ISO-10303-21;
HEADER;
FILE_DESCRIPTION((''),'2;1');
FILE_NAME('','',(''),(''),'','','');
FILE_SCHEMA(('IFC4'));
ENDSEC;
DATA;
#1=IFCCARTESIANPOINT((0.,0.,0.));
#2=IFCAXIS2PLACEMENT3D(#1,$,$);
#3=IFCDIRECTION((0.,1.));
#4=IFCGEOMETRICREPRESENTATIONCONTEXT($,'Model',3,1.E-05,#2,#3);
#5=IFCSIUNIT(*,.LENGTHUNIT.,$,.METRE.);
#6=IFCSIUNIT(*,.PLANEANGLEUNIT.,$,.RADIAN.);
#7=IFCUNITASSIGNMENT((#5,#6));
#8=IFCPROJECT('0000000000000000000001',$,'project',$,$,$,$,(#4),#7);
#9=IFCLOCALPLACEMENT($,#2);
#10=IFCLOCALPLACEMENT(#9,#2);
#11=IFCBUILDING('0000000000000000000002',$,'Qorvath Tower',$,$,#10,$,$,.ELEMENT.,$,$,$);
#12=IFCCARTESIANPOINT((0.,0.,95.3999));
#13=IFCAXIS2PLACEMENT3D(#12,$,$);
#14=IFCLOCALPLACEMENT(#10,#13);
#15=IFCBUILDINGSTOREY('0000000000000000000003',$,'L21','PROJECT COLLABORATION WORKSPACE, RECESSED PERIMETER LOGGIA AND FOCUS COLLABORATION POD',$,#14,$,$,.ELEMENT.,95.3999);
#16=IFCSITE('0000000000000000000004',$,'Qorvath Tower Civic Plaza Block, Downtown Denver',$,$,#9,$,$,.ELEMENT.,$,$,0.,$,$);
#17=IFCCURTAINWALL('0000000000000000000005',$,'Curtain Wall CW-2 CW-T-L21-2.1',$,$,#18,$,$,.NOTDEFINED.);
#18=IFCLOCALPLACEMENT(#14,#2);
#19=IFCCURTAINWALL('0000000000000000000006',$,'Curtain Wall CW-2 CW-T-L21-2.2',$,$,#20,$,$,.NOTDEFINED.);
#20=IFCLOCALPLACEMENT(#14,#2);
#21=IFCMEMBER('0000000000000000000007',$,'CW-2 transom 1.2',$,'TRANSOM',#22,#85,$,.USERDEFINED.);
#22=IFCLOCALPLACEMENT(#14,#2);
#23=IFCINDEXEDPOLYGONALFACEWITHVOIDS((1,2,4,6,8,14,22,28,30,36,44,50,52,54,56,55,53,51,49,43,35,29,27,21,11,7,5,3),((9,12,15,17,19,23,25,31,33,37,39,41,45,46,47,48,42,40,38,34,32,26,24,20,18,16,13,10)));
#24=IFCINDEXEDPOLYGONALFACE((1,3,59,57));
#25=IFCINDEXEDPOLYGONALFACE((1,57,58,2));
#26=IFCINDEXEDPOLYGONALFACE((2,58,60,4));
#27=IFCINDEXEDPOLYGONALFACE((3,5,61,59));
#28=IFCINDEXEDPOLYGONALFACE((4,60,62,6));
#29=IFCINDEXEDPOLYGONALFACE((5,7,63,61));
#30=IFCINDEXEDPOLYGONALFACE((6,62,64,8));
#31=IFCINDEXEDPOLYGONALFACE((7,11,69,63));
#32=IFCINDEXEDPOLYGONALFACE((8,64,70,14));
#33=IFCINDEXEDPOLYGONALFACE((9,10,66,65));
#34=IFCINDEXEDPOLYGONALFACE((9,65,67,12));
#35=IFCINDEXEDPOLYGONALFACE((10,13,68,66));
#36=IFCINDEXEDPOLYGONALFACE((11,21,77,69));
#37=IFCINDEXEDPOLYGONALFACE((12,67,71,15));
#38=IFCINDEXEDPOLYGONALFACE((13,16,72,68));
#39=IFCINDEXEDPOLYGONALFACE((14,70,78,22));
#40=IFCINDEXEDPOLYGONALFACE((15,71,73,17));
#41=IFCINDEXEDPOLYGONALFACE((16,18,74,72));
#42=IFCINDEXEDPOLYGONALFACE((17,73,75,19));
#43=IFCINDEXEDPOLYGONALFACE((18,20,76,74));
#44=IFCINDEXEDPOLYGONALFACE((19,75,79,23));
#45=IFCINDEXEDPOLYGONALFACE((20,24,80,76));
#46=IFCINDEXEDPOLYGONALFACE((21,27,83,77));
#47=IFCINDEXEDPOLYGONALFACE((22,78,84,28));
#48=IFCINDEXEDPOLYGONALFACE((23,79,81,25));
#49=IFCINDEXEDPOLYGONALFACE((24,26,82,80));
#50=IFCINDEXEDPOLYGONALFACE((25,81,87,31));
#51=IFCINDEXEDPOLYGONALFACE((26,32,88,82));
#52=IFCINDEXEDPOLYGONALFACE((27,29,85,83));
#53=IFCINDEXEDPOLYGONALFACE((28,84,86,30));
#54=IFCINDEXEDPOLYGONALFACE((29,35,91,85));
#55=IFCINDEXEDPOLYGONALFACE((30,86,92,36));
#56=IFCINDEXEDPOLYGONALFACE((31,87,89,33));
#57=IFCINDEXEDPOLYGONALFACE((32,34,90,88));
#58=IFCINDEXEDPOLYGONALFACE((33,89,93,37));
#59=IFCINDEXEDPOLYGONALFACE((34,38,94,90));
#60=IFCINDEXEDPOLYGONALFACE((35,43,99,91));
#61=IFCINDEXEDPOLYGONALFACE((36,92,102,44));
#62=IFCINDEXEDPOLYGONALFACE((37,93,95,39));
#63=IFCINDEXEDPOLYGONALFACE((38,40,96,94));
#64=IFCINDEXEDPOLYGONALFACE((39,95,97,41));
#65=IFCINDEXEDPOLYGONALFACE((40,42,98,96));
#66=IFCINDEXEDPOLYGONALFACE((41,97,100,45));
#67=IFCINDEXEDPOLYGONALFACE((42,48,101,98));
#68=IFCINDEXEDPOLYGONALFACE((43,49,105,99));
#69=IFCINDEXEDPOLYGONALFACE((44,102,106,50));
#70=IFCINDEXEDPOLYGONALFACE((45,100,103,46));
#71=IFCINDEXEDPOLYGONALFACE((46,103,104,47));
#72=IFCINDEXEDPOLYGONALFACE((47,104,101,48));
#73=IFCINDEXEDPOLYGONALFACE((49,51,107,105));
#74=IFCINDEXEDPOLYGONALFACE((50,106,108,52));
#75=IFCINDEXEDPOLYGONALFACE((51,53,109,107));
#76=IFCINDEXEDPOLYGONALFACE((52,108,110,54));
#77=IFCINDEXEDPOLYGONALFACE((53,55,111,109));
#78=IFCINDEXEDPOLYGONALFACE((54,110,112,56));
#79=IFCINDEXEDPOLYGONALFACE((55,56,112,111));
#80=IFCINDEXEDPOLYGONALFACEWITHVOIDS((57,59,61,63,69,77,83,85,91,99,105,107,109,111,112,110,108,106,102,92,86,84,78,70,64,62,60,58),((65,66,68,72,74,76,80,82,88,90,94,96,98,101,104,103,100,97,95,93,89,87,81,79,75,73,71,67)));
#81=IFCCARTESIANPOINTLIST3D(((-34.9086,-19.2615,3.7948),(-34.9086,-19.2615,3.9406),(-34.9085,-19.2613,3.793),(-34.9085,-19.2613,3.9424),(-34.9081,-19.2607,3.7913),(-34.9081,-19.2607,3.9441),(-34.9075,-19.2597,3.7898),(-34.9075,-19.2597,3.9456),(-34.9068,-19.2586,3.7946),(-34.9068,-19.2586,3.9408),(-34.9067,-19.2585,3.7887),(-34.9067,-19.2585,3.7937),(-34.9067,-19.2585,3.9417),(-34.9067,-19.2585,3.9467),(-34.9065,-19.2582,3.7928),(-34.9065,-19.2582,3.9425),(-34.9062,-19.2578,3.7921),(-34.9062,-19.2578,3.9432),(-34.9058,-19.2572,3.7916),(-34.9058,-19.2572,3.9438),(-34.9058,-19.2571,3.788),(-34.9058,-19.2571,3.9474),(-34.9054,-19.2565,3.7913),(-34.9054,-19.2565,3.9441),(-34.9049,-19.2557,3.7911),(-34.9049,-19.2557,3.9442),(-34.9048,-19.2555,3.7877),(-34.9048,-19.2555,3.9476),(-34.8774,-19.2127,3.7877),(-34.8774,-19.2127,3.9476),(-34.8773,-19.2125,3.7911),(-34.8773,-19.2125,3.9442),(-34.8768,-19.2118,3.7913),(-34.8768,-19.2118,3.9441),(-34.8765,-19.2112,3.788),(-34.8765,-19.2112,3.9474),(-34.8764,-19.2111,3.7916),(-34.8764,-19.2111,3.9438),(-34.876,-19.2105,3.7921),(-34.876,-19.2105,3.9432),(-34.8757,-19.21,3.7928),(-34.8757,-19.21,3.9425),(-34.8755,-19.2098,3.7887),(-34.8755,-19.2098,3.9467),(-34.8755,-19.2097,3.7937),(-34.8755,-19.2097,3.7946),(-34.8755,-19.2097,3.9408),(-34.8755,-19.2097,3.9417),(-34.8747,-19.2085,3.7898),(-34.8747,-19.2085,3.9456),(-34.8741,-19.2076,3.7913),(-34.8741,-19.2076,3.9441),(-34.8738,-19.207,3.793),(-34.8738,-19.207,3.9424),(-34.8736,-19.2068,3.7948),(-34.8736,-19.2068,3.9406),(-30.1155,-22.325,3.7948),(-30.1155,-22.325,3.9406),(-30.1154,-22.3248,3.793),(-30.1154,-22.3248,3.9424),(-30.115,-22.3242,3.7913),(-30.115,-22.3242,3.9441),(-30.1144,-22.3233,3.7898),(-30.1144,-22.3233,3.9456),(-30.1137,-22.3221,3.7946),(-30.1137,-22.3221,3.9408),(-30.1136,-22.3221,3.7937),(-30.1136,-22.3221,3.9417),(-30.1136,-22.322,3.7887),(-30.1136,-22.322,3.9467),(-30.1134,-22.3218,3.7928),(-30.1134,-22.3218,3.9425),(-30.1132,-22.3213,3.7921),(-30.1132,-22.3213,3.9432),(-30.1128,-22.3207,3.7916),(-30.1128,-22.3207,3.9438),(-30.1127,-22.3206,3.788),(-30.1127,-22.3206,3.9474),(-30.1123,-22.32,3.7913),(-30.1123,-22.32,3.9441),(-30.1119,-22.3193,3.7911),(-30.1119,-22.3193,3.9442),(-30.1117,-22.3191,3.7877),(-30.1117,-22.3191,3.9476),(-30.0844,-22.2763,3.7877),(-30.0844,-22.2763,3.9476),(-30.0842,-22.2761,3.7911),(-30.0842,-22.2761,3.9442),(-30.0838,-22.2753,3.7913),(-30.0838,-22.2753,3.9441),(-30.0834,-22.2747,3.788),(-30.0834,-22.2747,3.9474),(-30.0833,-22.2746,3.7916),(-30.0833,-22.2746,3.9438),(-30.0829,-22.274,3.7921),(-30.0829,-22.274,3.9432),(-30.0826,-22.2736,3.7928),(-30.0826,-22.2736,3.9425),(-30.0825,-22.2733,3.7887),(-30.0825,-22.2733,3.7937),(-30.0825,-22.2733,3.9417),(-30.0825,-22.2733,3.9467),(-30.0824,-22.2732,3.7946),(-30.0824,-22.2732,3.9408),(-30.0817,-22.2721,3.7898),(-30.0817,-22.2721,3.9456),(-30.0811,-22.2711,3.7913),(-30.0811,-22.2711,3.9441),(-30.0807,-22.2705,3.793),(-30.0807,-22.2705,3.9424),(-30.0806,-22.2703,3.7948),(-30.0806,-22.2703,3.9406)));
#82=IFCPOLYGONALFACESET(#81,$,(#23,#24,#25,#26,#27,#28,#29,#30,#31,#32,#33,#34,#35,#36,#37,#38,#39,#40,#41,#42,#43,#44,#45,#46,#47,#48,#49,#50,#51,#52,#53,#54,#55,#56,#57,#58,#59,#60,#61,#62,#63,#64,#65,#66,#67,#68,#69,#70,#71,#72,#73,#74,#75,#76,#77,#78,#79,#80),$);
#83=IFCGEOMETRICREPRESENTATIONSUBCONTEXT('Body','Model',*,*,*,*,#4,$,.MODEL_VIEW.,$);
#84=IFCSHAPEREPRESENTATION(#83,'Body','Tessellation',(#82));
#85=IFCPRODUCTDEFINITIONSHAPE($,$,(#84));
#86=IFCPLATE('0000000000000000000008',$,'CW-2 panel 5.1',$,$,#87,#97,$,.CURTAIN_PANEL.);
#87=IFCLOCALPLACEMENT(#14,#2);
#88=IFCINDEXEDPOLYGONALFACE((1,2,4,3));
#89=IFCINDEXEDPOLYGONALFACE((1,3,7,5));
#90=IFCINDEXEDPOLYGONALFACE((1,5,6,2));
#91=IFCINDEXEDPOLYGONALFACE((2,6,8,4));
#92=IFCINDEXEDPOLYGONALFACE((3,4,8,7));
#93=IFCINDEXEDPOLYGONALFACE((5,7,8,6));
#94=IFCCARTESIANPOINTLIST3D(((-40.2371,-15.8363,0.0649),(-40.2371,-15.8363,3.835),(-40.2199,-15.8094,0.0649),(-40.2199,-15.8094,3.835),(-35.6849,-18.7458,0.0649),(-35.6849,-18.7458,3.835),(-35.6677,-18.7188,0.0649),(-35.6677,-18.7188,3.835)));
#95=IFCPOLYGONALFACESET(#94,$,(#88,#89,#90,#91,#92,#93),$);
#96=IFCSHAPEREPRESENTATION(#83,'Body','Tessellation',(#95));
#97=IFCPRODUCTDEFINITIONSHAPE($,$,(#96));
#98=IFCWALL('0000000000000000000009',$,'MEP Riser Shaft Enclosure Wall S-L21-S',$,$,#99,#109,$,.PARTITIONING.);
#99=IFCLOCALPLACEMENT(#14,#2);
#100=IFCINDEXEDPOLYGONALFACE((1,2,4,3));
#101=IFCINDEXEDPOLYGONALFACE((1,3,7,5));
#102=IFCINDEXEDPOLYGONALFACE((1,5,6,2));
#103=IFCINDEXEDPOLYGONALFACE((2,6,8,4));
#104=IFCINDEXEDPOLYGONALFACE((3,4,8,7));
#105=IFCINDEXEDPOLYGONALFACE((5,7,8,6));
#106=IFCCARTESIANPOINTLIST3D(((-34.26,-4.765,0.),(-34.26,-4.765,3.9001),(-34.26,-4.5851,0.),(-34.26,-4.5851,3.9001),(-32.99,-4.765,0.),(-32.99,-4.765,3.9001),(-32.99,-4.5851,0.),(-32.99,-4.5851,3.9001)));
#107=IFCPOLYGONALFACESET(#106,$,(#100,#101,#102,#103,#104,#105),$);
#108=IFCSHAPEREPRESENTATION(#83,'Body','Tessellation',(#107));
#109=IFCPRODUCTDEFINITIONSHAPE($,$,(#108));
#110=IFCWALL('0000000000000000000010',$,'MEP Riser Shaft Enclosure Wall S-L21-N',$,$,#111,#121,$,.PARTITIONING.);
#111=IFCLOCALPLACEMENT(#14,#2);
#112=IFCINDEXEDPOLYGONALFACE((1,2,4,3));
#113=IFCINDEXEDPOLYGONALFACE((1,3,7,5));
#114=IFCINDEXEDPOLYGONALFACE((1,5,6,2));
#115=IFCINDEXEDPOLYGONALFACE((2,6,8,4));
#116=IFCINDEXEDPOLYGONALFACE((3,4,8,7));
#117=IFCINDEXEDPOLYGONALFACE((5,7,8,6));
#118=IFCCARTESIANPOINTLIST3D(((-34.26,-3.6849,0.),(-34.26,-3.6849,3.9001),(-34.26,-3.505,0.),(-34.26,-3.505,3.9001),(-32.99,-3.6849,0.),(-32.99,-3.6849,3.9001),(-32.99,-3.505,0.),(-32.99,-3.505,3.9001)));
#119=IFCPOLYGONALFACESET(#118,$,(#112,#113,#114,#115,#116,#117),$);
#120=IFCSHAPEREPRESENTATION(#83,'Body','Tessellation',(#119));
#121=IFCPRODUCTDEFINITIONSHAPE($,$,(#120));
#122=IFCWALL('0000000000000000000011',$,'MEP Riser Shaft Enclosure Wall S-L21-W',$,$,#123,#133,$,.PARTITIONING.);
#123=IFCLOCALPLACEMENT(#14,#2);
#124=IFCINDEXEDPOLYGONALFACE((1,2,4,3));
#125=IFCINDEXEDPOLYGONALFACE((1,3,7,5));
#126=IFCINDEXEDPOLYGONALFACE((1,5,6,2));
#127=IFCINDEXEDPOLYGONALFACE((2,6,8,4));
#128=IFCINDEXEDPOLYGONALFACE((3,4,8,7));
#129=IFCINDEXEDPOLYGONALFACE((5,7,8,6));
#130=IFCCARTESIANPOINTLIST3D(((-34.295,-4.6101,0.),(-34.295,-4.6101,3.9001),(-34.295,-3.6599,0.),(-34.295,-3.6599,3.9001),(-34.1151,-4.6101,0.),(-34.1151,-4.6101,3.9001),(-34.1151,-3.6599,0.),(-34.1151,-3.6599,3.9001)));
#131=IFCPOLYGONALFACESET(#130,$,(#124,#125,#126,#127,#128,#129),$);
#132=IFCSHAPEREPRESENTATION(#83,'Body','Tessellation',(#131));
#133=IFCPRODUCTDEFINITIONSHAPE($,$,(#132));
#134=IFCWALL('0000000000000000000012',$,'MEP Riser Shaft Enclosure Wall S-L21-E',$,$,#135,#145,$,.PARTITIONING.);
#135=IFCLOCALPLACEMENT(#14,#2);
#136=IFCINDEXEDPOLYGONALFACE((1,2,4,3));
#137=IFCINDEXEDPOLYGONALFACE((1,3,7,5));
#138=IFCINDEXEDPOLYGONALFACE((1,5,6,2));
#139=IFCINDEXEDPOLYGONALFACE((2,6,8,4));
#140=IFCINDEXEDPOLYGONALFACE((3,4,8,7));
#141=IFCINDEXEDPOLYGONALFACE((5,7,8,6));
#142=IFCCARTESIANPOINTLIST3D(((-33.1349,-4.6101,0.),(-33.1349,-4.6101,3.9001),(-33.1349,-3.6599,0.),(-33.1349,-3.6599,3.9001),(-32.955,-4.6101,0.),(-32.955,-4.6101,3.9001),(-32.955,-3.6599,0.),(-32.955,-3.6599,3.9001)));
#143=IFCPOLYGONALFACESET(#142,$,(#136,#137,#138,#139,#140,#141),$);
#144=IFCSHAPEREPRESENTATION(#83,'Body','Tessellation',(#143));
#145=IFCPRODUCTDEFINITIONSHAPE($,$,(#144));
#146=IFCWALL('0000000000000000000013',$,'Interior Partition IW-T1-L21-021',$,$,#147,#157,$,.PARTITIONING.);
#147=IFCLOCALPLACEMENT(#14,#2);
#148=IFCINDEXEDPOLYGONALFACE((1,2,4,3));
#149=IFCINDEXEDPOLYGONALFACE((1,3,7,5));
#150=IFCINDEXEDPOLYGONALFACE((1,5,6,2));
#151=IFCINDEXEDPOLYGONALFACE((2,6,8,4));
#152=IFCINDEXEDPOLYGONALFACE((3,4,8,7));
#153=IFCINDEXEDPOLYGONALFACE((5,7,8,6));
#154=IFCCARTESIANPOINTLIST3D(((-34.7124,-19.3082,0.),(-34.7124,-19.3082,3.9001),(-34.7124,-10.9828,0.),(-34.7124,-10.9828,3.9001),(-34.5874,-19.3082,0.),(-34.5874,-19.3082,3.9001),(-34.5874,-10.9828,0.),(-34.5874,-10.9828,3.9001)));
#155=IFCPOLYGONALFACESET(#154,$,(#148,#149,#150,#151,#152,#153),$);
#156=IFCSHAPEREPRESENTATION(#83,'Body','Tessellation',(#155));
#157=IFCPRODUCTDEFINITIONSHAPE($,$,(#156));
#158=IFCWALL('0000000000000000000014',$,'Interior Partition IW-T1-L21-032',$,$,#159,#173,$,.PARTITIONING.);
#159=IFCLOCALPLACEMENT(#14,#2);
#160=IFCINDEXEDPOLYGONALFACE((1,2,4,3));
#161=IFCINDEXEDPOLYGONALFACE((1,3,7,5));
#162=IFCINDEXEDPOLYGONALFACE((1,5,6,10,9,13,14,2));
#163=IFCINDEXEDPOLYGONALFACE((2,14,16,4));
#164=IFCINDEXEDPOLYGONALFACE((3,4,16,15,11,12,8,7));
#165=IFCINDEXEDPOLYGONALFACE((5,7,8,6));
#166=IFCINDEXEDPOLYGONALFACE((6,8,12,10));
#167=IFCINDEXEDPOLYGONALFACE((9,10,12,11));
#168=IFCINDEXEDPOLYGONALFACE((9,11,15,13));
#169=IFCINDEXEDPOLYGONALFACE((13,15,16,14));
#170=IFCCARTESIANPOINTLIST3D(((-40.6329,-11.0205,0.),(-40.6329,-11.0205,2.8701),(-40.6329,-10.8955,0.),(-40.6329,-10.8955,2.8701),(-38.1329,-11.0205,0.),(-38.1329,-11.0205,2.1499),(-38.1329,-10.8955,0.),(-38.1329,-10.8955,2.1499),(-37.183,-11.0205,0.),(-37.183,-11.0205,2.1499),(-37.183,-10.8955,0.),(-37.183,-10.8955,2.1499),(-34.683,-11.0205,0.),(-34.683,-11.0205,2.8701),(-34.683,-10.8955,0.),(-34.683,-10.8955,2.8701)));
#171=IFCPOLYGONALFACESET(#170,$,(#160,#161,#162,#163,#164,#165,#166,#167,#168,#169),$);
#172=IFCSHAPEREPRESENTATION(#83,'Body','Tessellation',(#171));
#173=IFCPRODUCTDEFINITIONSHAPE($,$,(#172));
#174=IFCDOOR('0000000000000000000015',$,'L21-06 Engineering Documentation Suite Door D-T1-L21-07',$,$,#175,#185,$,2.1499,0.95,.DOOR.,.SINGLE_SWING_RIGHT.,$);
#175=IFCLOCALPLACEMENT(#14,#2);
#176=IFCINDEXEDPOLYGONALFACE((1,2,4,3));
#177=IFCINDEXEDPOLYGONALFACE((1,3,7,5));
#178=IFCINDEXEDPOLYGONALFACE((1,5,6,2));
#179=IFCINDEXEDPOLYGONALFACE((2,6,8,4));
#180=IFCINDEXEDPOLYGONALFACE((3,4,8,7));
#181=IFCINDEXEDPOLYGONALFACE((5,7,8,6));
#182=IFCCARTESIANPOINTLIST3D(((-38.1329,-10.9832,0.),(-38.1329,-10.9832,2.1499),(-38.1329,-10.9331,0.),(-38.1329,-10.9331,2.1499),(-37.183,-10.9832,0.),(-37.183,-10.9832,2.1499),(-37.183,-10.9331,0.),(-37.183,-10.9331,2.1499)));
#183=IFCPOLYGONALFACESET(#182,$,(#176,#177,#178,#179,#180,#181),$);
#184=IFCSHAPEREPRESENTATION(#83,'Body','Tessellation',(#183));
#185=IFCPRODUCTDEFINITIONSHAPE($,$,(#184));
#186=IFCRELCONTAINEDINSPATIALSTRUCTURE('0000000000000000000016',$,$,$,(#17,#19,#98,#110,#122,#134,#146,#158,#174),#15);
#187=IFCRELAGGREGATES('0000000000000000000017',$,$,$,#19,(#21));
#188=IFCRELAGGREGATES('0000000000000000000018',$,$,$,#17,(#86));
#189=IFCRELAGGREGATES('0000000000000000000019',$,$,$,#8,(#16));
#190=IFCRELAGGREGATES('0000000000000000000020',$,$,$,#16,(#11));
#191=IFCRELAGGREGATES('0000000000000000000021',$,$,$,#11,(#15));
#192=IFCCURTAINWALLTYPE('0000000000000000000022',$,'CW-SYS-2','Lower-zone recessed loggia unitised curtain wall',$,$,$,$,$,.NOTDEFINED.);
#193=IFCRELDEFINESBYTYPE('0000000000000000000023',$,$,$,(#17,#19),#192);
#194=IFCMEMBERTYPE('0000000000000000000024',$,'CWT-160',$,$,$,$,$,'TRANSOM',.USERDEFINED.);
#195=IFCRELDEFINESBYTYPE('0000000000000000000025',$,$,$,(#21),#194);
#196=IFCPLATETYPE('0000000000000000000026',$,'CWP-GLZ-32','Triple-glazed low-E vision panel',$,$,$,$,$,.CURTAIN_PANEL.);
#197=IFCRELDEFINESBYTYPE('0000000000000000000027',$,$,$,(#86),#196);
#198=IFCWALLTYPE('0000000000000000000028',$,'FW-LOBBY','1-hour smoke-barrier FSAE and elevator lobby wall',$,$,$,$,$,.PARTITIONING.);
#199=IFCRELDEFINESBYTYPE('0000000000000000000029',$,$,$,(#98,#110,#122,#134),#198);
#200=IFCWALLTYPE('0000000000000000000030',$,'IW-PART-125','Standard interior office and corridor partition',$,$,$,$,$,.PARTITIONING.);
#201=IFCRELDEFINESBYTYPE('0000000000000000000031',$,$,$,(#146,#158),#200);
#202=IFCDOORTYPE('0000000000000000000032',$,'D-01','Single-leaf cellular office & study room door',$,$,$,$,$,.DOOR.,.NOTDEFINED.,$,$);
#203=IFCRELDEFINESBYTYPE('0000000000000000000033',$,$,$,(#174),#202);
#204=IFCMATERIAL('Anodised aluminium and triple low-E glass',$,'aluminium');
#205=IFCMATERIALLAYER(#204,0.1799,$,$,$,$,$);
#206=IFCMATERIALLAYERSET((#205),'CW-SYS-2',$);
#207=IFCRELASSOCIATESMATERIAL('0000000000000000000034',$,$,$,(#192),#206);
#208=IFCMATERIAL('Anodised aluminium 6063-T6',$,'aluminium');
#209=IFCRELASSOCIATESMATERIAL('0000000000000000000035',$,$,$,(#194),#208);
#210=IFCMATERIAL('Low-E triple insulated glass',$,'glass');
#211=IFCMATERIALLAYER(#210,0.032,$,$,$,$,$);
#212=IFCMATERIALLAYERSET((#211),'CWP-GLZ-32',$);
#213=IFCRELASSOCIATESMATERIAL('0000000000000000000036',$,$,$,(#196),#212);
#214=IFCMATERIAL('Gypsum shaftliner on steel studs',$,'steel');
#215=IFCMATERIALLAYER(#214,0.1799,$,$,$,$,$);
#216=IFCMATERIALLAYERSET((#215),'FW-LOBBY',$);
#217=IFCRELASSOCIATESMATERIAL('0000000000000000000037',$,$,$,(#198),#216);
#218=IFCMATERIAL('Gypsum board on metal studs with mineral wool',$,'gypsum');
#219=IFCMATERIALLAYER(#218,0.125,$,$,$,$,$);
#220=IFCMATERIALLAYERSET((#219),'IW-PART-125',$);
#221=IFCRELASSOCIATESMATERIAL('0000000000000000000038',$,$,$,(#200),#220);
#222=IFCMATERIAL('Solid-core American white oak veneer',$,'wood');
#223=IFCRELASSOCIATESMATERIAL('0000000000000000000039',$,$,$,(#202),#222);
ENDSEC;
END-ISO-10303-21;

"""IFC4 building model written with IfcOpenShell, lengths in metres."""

from ifc_helpers import new_model, si_unit, direction, frame, frame_2d, origin, origin_2d, place, context, subcontext, project, spatial, rectangle, hollow_rectangle, extrude, material, layer, layer_set, material_profile, profile_set, type_object, element, fill, aggregate, save


model = new_model("IFC4")

# Units and contexts
model_context = context("Model", 3, precision=1e-05, world=origin(), true_north=direction((0.0, 1.0)))
body_context = subcontext(model_context, "Body", "Model", "MODEL_VIEW")
ifc_project = project(units=[si_unit("LENGTHUNIT", "METRE"), si_unit("PLANEANGLEUNIT", "RADIAN")], contexts=[model_context])

# Site, building, storey
site_placement = place(None, origin())
site = spatial("IfcSite", under=ifc_project, at=site_placement, Name="Qorvath Tower Civic Plaza Block, Downtown Denver", CompositionType="ELEMENT", RefElevation=0.0)
building_placement = place(site_placement, origin())
building = spatial("IfcBuilding", under=site, at=building_placement, Name="Qorvath Tower", CompositionType="ELEMENT")
storey_placement = place(building_placement, frame((0.0, 0.0, 95.3999)))
storey = spatial("IfcBuildingStorey", under=building, at=storey_placement, Name="L21", Description="PROJECT COLLABORATION WORKSPACE, RECESSED PERIMETER LOGGIA AND FOCUS COLLABORATION POD", CompositionType="ELEMENT", Elevation=95.3999)

# Curtain wall
ifc_material_1 = material(Name="Anodised aluminium and triple low-E glass", Category="aluminium")
ifc_layer_1 = layer(ifc_material_1, 0.1799)
ifc_layer_set_1 = layer_set([ifc_layer_1], Name="CW-SYS-2")
curtain_wall_type = type_object("IfcCurtainWallType", Name="CW-SYS-2", Description="Lower-zone recessed loggia unitised curtain wall", PredefinedType="NOTDEFINED", material=ifc_layer_set_1)
curtain_wall_1_placement = place(storey_placement, origin())
curtain_wall_1 = element("IfcCurtainWall", 1, at=curtain_wall_1_placement, inside=storey, type_object=curtain_wall_type, Name="Curtain Wall CW-2 CW-T-L21-2.1", PredefinedType="NOTDEFINED")

# Curtain wall
curtain_wall_2_placement = place(storey_placement, origin())
curtain_wall_2 = element("IfcCurtainWall", 2, at=curtain_wall_2_placement, inside=storey, type_object=curtain_wall_type, Name="Curtain Wall CW-2 CW-T-L21-2.2", PredefinedType="NOTDEFINED")

# Member
ifc_material_2 = material(Name="Anodised aluminium 6063-T6", Category="aluminium")
ifc_material_profile_1 = material_profile(ifc_material_2, hollow_rectangle(XDim=0.0649, YDim=0.1599, WallThickness=0.0034, InnerFilletRadius=0.0034, OuterFilletRadius=0.0071, at=origin_2d()), Name="CWT 160x65")
ifc_profile_set_1 = profile_set([ifc_material_profile_1], Name="Anodised aluminium 6063-T6")
member_type_1 = type_object("IfcMemberType", Name="CWT-160", ElementType="TRANSOM", PredefinedType="USERDEFINED", material=ifc_profile_set_1)
member_1_placement = place(storey_placement, frame((-34.8911, -19.2341, 3.8677), z_axis=(0.842592, -0.538552, 0.0), x_axis=(0.538552, 0.842592, 0.0)))
member_1 = element("IfcMember", 3, at=member_1_placement, type_object=member_type_1, Name="CW-2 transom 1.2", ObjectType="TRANSOM", PredefinedType="USERDEFINED", context=body_context, shape_type="SweptSolid", body=[
    extrude(hollow_rectangle(XDim=0.0649, YDim=0.1599, WallThickness=0.0034, InnerFilletRadius=0.0034, OuterFilletRadius=0.0071, at=origin_2d()), origin(), (0.0, 0.0, 1.0), 5.6885),
])
aggregate(curtain_wall_2, [member_1])

# Plate
ifc_material_3 = material(Name="Low-E triple insulated glass", Category="glass")
ifc_layer_2 = layer(ifc_material_3, 0.032)
ifc_layer_set_2 = layer_set([ifc_layer_2], Name="CWP-GLZ-32")
plate_type = type_object("IfcPlateType", Name="CWP-GLZ-32", Description="Triple-glazed low-E vision panel", PredefinedType="CURTAIN_PANEL", material=ifc_layer_set_2)
plate_placement = place(storey_placement, frame((-37.9524, -17.2776, 0.0649), z_axis=(0.0, 0.0, 1.0), x_axis=(0.842607, -0.538529, 0.0)))
plate = element("IfcPlate", 4, at=plate_placement, type_object=plate_type, Name="CW-2 panel 5.1", PredefinedType="CURTAIN_PANEL", context=body_context, shape_type="SweptSolid", body=[
    extrude(rectangle(XDim=5.4026, YDim=0.032, at=origin_2d()), origin(), (0.0, 0.0, 1.0), 3.77),
])
aggregate(curtain_wall_1, [plate])

# Walls
ifc_material_4 = material(Name="Gypsum shaftliner on steel studs", Category="steel")
ifc_layer_3 = layer(ifc_material_4, 0.1799)
ifc_layer_set_3 = layer_set([ifc_layer_3], Name="FW-LOBBY")
wall_type_1 = type_object("IfcWallType", Name="FW-LOBBY", Description="1-hour smoke-barrier FSAE and elevator lobby wall", PredefinedType="PARTITIONING", material=ifc_layer_set_3)
for number, where, z_axis, x_axis, name in (
    (5, (-32.99, -4.675, 0.0), (0.0, 0.0, 1.0), (-1.0, 0.0, 0.0), "MEP Riser Shaft Enclosure Wall S-L21-S"),
    (6, (-34.26, -3.595, 0.0), (0.0, 0.0, 1.0), (1.0, 0.0, 0.0), "MEP Riser Shaft Enclosure Wall S-L21-N"),
):
    element("IfcWall", number, at=place(storey_placement, frame(where, z_axis=z_axis, x_axis=x_axis)), inside=storey, type_object=wall_type_1, Name=name, PredefinedType="PARTITIONING", context=body_context, shape_type="SweptSolid", body=[
        extrude(rectangle(XDim=1.27, YDim=0.1799, at=frame_2d((0.635, 0.0))), origin(), (0.0, 0.0, 1.0), 3.9001),
    ])
for number, where, z_axis, x_axis, name in (
    (7, (-34.2051, -4.6101, 0.0), (0.0, 0.0, 1.0), (0.0, 1.0, 0.0), "MEP Riser Shaft Enclosure Wall S-L21-W"),
    (8, (-33.0449, -3.6599, 0.0), (0.0, 0.0, 1.0), (0.0, -1.0, 0.0), "MEP Riser Shaft Enclosure Wall S-L21-E"),
):
    element("IfcWall", number, at=place(storey_placement, frame(where, z_axis=z_axis, x_axis=x_axis)), inside=storey, type_object=wall_type_1, Name=name, PredefinedType="PARTITIONING", context=body_context, shape_type="SweptSolid", body=[
        extrude(rectangle(XDim=0.9502, YDim=0.1799, at=frame_2d((0.4751, 0.0))), origin(), (0.0, 0.0, 1.0), 3.9001),
    ])
ifc_material_5 = material(Name="Gypsum board on metal studs with mineral wool", Category="gypsum")
ifc_layer_4 = layer(ifc_material_5, 0.125)
ifc_layer_set_4 = layer_set([ifc_layer_4], Name="IW-PART-125")
wall_type_2 = type_object("IfcWallType", Name="IW-PART-125", Description="Standard interior office and corridor partition", PredefinedType="PARTITIONING", material=ifc_layer_set_4)
wall_1_placement = place(storey_placement, frame((-34.6499, -10.9829, 0.0), z_axis=(0.0, 0.0, 1.0), x_axis=(0.0, -1.0, 0.0)))
element("IfcWall", 9, at=wall_1_placement, inside=storey, type_object=wall_type_2, Name="Interior Partition IW-T1-L21-021", PredefinedType="PARTITIONING", context=body_context, shape_type="SweptSolid", body=[
    extrude(rectangle(XDim=8.3254, YDim=0.125, at=frame_2d((4.1626, 0.0))), origin(), (0.0, 0.0, 1.0), 3.9001),
])

# Wall, opening, door
wall_2_placement = place(storey_placement, frame((-40.6331, -10.958, 0.0), z_axis=(0.0, 0.0, 1.0), x_axis=(1.0, 0.0, 0.0)))
wall_2 = element("IfcWall", 10, at=wall_2_placement, inside=storey, type_object=wall_type_2, Name="Interior Partition IW-T1-L21-032", PredefinedType="PARTITIONING", context=body_context, shape_type="SweptSolid", body=[
    extrude(rectangle(XDim=5.95, YDim=0.125, at=frame_2d((2.9751, 0.0))), origin(), (0.0, 0.0, 1.0), 2.8701),
])
opening_1_placement = place(wall_2_placement, frame((2.5, 0.0, 0.0)))
opening_1 = element("IfcOpeningElement", 11, at=opening_1_placement, cuts=wall_2, PredefinedType="OPENING", context=body_context, shape_type="SweptSolid", body=[
    extrude(rectangle(XDim=0.95, YDim=2.1499, at=frame_2d((0.4751, 1.075))), frame((0.0, 0.0725, 0.0), z_axis=(0.0, -1.0, 0.0), x_axis=(1.0, 0.0, 0.0)), (0.0, 0.0, 1.0), 0.145),
])
ifc_material_6 = material(Name="Solid-core American white oak veneer", Category="wood")
door_type_1 = type_object("IfcDoorType", Name="D-01", Description="Single-leaf cellular office & study room door", OperationType="NOTDEFINED", PredefinedType="DOOR", material=ifc_material_6)
door_1_placement = place(opening_1_placement, origin())
door_1 = element("IfcDoor", 12, at=door_1_placement, inside=storey, type_object=door_type_1, Name="L21-06 Engineering Documentation Suite Door D-T1-L21-07", OperationType="SINGLE_SWING_RIGHT", OverallHeight=2.1499, OverallWidth=0.95, PredefinedType="DOOR", context=body_context, shape_type="SweptSolid", body=[
    extrude(rectangle(XDim=0.95, YDim=2.1499, at=frame_2d((0.4751, 1.075))), frame((0.0, 0.0249, 0.0), z_axis=(0.0, -1.0, 0.0), x_axis=(1.0, 0.0, 0.0)), (0.0, 0.0, 1.0), 0.05),
])
fill(opening_1, door_1)

save(model, "model.ifc")
